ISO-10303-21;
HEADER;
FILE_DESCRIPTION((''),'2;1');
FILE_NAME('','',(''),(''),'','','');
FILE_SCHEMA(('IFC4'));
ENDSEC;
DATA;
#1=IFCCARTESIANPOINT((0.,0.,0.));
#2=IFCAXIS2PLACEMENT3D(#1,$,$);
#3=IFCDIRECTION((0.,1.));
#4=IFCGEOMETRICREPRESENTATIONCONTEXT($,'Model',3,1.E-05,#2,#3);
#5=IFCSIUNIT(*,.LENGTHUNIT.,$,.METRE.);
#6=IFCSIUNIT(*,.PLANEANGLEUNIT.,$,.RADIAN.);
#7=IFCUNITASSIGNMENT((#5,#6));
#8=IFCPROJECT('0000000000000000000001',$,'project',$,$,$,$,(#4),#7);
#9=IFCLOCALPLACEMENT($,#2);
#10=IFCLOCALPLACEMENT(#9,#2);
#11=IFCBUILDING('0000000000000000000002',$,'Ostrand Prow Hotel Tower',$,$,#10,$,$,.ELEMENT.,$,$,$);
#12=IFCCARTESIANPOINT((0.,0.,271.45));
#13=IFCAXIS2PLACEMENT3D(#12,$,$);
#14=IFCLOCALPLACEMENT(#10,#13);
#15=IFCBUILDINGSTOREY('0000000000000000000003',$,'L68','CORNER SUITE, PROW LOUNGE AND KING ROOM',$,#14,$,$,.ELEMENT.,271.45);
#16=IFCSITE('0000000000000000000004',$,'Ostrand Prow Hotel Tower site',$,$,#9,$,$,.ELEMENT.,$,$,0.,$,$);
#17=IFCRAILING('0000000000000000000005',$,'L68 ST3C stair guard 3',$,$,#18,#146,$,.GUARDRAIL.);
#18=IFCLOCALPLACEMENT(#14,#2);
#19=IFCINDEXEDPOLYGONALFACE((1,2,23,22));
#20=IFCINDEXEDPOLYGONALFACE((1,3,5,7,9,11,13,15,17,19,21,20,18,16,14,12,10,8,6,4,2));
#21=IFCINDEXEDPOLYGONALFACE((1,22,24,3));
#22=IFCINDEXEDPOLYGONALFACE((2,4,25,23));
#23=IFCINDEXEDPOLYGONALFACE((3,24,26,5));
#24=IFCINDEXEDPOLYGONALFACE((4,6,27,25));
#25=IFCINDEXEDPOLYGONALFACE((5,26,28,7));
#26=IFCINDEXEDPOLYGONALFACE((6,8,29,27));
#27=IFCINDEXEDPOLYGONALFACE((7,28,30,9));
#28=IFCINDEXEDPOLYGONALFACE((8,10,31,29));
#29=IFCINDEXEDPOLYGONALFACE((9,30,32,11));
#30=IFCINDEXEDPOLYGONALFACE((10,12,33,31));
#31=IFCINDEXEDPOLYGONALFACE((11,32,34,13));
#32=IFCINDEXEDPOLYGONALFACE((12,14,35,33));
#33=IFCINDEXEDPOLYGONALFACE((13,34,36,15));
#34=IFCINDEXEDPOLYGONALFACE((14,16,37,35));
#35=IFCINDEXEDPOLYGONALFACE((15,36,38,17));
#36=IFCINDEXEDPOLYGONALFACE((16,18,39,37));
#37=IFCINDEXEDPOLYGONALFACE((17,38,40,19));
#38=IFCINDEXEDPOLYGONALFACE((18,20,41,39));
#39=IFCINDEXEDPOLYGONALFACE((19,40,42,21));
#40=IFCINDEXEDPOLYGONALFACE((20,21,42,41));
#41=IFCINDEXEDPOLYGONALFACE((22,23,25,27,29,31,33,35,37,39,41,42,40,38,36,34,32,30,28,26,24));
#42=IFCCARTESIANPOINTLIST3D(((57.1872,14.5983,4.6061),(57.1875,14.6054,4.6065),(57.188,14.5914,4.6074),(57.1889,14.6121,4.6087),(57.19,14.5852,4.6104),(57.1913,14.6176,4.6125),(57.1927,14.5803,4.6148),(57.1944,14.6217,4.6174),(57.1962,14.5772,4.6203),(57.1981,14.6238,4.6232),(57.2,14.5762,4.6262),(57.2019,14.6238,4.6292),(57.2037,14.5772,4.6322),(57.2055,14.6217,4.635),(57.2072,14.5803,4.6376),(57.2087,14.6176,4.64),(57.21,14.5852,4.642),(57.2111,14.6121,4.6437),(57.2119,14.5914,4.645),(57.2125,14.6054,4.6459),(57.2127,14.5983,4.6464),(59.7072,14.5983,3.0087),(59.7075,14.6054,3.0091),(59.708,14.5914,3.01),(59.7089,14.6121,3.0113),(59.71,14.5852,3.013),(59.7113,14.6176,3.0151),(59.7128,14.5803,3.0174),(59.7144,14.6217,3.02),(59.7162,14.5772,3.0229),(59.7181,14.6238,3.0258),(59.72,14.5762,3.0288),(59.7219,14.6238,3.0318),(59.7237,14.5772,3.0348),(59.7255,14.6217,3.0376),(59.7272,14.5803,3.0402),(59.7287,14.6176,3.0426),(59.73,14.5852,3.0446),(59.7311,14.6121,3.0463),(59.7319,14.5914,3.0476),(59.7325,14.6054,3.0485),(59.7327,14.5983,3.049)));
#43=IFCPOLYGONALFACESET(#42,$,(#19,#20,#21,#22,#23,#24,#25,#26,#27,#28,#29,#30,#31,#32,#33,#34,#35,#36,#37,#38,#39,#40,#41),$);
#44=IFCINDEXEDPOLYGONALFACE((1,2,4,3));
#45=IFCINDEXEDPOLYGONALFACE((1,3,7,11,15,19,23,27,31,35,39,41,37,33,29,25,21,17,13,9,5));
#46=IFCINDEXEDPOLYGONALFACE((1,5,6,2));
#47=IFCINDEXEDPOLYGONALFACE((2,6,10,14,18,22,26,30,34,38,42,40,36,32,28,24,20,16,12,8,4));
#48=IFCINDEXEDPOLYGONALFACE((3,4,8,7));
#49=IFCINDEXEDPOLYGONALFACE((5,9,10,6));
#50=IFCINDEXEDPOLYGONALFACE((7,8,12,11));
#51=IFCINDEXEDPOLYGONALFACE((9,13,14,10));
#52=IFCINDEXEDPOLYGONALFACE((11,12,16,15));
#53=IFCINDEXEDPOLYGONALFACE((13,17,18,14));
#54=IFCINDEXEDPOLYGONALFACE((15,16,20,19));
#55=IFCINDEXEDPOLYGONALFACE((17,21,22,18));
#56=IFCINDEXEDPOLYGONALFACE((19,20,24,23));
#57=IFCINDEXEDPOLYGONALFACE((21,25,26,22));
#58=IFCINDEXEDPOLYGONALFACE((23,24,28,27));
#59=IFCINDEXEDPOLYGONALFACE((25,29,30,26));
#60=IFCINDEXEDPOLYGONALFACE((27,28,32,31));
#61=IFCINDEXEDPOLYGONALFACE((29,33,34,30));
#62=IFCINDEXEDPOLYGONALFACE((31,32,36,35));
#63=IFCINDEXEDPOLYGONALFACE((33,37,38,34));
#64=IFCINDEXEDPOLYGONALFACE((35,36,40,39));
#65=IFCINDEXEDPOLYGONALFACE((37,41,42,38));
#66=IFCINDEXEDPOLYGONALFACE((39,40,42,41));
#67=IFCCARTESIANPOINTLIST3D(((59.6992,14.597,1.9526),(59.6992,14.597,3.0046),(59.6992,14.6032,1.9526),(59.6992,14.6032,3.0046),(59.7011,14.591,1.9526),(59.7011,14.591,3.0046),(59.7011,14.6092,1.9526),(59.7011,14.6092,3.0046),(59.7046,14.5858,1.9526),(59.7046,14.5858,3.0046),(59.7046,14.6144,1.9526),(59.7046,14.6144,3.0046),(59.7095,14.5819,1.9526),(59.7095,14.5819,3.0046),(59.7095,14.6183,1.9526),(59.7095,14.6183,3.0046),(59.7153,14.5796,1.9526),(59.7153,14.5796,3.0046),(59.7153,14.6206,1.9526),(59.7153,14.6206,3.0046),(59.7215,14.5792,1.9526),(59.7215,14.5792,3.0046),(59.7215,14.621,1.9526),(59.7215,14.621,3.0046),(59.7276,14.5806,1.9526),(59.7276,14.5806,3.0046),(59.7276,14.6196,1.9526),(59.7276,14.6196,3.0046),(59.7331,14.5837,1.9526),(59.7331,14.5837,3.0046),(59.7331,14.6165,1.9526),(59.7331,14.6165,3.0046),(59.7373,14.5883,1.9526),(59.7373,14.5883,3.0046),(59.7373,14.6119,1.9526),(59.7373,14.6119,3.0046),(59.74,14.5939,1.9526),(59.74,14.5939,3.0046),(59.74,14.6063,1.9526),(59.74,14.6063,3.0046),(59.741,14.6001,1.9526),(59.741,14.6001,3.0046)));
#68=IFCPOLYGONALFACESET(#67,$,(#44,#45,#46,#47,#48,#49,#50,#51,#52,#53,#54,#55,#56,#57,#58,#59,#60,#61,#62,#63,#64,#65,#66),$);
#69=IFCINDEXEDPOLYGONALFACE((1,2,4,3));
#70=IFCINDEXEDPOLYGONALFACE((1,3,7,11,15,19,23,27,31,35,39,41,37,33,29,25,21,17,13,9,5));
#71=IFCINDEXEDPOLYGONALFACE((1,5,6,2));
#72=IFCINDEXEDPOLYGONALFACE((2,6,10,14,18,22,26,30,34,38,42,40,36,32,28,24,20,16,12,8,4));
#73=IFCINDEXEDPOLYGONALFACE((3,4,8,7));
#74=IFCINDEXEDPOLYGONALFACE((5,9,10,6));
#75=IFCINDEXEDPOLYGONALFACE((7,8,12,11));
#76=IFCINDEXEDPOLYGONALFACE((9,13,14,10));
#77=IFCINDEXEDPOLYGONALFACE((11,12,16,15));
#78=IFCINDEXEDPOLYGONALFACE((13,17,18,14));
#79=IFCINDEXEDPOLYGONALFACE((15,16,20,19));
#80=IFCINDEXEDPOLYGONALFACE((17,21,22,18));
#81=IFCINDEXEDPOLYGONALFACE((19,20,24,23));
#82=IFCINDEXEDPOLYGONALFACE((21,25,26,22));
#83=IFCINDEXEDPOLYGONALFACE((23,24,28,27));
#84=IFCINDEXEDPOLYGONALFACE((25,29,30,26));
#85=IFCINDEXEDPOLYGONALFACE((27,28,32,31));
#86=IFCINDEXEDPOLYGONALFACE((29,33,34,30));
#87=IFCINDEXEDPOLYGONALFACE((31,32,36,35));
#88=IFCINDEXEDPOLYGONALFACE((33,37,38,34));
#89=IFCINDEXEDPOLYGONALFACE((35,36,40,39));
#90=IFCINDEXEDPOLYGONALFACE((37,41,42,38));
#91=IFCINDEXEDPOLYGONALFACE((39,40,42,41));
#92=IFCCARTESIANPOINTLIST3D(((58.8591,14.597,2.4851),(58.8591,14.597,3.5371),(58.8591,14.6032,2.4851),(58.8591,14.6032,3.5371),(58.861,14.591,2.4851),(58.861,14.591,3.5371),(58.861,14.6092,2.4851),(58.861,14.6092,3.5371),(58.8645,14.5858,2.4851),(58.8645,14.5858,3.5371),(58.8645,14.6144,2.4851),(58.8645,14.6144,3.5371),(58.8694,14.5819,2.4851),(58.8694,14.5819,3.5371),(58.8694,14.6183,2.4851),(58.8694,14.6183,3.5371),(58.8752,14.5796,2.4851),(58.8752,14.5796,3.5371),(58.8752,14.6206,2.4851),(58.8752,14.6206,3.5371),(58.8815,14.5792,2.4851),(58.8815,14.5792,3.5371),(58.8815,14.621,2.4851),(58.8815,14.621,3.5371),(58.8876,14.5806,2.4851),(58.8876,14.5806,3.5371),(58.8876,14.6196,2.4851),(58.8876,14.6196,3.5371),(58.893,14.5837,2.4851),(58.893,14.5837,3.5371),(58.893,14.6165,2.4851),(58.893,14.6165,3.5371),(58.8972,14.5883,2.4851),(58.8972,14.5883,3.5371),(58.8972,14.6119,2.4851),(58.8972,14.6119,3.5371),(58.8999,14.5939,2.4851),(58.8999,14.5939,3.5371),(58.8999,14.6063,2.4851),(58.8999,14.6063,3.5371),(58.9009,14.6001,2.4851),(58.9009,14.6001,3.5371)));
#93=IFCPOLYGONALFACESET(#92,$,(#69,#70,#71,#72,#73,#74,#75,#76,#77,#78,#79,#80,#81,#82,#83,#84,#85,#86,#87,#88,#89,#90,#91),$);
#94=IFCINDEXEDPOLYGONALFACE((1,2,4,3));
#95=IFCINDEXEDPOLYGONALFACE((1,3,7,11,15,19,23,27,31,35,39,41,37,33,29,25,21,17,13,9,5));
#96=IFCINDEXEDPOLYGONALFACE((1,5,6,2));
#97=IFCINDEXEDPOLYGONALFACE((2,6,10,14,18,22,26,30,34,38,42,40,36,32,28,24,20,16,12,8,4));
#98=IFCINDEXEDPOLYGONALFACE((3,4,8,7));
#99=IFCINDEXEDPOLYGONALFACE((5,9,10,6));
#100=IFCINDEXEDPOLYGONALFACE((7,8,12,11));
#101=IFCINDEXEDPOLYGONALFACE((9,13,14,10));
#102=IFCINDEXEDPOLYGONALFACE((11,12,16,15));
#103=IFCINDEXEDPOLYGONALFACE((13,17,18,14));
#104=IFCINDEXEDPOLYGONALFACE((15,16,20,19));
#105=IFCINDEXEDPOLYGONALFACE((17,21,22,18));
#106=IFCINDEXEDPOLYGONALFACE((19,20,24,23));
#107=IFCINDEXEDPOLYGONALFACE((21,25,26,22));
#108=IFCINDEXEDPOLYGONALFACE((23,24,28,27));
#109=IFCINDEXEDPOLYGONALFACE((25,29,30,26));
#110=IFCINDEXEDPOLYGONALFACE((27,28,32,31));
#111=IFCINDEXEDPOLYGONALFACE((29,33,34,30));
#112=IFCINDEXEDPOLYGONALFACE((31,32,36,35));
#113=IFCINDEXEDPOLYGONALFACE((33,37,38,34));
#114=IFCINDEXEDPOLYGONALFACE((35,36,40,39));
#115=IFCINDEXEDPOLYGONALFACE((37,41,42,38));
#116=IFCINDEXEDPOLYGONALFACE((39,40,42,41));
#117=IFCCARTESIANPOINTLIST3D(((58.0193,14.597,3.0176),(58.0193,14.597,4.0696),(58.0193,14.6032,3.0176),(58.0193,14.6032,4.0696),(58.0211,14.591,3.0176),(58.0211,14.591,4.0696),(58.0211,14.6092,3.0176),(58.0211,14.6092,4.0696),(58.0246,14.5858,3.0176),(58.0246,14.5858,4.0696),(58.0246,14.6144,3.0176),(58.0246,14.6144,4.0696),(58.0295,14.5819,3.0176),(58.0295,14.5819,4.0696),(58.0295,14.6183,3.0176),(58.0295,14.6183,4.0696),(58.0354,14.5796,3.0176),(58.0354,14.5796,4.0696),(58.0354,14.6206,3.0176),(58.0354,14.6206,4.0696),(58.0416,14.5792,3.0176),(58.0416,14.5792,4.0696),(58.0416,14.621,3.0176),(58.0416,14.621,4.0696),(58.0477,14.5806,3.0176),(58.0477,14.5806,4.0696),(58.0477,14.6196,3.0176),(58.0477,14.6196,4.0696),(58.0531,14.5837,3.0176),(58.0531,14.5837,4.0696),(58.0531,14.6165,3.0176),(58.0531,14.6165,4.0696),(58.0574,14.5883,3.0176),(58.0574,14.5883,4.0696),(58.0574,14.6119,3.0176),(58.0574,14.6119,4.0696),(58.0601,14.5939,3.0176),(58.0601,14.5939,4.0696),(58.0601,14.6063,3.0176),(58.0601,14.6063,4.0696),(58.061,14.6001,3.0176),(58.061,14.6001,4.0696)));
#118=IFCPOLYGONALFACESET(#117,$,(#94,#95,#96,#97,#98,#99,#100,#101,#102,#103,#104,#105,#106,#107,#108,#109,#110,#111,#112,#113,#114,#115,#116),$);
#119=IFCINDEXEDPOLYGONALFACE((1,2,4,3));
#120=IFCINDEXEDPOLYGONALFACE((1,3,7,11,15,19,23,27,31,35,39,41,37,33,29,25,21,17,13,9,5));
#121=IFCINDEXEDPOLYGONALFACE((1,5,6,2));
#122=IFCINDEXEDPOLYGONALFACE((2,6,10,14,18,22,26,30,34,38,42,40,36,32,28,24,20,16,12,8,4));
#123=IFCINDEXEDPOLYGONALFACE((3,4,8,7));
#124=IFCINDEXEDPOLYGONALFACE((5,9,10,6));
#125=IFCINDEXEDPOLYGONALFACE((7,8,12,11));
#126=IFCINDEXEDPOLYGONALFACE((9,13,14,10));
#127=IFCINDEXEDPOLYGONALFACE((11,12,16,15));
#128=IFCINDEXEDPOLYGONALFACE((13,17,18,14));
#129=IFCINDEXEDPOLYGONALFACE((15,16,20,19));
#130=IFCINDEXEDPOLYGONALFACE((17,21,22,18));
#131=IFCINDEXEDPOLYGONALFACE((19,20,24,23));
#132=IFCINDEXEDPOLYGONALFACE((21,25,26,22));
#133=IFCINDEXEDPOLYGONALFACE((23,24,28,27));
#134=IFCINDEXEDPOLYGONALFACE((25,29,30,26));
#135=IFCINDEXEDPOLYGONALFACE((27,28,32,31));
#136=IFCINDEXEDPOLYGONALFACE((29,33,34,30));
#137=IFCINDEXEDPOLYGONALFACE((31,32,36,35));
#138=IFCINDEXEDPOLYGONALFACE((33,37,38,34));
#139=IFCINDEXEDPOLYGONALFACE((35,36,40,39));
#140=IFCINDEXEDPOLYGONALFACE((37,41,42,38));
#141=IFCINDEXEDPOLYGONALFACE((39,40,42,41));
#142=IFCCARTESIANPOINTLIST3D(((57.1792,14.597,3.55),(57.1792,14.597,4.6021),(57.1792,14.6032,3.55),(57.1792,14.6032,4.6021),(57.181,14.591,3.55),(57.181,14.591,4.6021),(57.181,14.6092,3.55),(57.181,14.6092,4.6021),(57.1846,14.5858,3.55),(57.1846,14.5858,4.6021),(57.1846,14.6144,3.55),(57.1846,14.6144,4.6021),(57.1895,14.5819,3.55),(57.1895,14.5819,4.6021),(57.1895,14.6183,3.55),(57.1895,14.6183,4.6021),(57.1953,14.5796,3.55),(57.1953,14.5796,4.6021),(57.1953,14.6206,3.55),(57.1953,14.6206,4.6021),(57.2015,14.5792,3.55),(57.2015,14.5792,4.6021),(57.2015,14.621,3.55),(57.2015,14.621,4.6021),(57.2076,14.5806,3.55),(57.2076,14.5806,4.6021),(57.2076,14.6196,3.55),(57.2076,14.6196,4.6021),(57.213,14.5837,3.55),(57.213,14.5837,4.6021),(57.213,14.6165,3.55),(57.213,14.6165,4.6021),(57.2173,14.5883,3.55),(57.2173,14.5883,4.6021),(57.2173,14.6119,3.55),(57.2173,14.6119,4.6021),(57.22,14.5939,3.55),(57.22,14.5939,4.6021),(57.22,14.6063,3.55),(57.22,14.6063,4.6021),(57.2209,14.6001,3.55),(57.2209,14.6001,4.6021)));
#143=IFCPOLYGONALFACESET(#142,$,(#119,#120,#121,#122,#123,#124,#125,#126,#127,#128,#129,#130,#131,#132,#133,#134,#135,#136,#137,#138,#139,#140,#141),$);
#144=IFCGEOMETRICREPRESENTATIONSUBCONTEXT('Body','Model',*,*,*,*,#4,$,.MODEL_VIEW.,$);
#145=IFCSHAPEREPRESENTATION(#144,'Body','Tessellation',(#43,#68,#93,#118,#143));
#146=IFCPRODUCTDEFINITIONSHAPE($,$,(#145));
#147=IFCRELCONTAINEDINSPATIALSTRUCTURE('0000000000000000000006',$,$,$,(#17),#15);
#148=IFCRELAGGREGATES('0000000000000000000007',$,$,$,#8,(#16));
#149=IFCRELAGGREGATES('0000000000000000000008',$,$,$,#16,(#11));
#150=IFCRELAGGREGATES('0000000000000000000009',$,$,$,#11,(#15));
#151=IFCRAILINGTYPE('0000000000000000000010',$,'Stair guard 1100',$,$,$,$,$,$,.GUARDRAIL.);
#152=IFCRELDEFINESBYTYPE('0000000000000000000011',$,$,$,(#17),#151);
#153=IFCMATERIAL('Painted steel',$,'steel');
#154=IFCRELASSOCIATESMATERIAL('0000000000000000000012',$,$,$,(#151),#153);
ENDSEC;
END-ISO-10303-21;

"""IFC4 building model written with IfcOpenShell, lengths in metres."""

from ifc_helpers import new_model, si_unit, direction, frame, origin, origin_2d, place, context, subcontext, project, spatial, circle, extrude, material, type_object, element, save


model = new_model("IFC4")

# Units and contexts
model_context = context("Model", 3, precision=1e-05, world=origin(), true_north=direction((0.0, 1.0)))
body_context = subcontext(model_context, "Body", "Model", "MODEL_VIEW")
ifc_project = project(units=[si_unit("LENGTHUNIT", "METRE"), si_unit("PLANEANGLEUNIT", "RADIAN")], contexts=[model_context])

# Site, building, storey
site_placement = place(None, origin())
site = spatial("IfcSite", under=ifc_project, at=site_placement, Name="Ostrand Prow Hotel Tower site", CompositionType="ELEMENT", RefElevation=0.0)
building_placement = place(site_placement, origin())
building = spatial("IfcBuilding", under=site, at=building_placement, Name="Ostrand Prow Hotel Tower", CompositionType="ELEMENT")
storey_placement = place(building_placement, frame((0.0, 0.0, 271.45)))
storey = spatial("IfcBuildingStorey", under=building, at=storey_placement, Name="L68", Description="CORNER SUITE, PROW LOUNGE AND KING ROOM", CompositionType="ELEMENT", Elevation=271.45)

# Railing
ifc_material_1 = material(Name="Painted steel", Category="steel")
railing_type_1 = type_object("IfcRailingType", Name="Stair guard 1100", PredefinedType="GUARDRAIL", material=ifc_material_1)
railing_1_placement = place(storey_placement, frame((59.72, 14.6001, 1.9526)))
element("IfcRailing", 1, at=railing_1_placement, inside=storey, type_object=railing_type_1, Name="L68 ST3C stair guard 3", PredefinedType="GUARDRAIL", context=body_context, shape_type="SweptSolid", body=[
    extrude(circle(Radius=0.0239, at=origin_2d()), frame((0.0, 0.0, 1.0762), z_axis=(-0.844607, 0.0, 0.535387), x_axis=(0.0, -1.0, 0.0)), (0.0, 0.0, 1.0), 2.9836),
    extrude(circle(Radius=0.021, at=origin_2d()), origin(), (0.0, 0.0, 1.0), 1.052),
    extrude(circle(Radius=0.021, at=origin_2d()), frame((-0.8401, 0.0, 0.5325)), (0.0, 0.0, 1.0), 1.052),
    extrude(circle(Radius=0.021, at=origin_2d()), frame((-1.6799, 0.0, 1.0649)), (0.0, 0.0, 1.0), 1.052),
    extrude(circle(Radius=0.021, at=origin_2d()), frame((-2.52, 0.0, 1.5974)), (0.0, 0.0, 1.0), 1.052),
])

save(model, "model.ifc")
